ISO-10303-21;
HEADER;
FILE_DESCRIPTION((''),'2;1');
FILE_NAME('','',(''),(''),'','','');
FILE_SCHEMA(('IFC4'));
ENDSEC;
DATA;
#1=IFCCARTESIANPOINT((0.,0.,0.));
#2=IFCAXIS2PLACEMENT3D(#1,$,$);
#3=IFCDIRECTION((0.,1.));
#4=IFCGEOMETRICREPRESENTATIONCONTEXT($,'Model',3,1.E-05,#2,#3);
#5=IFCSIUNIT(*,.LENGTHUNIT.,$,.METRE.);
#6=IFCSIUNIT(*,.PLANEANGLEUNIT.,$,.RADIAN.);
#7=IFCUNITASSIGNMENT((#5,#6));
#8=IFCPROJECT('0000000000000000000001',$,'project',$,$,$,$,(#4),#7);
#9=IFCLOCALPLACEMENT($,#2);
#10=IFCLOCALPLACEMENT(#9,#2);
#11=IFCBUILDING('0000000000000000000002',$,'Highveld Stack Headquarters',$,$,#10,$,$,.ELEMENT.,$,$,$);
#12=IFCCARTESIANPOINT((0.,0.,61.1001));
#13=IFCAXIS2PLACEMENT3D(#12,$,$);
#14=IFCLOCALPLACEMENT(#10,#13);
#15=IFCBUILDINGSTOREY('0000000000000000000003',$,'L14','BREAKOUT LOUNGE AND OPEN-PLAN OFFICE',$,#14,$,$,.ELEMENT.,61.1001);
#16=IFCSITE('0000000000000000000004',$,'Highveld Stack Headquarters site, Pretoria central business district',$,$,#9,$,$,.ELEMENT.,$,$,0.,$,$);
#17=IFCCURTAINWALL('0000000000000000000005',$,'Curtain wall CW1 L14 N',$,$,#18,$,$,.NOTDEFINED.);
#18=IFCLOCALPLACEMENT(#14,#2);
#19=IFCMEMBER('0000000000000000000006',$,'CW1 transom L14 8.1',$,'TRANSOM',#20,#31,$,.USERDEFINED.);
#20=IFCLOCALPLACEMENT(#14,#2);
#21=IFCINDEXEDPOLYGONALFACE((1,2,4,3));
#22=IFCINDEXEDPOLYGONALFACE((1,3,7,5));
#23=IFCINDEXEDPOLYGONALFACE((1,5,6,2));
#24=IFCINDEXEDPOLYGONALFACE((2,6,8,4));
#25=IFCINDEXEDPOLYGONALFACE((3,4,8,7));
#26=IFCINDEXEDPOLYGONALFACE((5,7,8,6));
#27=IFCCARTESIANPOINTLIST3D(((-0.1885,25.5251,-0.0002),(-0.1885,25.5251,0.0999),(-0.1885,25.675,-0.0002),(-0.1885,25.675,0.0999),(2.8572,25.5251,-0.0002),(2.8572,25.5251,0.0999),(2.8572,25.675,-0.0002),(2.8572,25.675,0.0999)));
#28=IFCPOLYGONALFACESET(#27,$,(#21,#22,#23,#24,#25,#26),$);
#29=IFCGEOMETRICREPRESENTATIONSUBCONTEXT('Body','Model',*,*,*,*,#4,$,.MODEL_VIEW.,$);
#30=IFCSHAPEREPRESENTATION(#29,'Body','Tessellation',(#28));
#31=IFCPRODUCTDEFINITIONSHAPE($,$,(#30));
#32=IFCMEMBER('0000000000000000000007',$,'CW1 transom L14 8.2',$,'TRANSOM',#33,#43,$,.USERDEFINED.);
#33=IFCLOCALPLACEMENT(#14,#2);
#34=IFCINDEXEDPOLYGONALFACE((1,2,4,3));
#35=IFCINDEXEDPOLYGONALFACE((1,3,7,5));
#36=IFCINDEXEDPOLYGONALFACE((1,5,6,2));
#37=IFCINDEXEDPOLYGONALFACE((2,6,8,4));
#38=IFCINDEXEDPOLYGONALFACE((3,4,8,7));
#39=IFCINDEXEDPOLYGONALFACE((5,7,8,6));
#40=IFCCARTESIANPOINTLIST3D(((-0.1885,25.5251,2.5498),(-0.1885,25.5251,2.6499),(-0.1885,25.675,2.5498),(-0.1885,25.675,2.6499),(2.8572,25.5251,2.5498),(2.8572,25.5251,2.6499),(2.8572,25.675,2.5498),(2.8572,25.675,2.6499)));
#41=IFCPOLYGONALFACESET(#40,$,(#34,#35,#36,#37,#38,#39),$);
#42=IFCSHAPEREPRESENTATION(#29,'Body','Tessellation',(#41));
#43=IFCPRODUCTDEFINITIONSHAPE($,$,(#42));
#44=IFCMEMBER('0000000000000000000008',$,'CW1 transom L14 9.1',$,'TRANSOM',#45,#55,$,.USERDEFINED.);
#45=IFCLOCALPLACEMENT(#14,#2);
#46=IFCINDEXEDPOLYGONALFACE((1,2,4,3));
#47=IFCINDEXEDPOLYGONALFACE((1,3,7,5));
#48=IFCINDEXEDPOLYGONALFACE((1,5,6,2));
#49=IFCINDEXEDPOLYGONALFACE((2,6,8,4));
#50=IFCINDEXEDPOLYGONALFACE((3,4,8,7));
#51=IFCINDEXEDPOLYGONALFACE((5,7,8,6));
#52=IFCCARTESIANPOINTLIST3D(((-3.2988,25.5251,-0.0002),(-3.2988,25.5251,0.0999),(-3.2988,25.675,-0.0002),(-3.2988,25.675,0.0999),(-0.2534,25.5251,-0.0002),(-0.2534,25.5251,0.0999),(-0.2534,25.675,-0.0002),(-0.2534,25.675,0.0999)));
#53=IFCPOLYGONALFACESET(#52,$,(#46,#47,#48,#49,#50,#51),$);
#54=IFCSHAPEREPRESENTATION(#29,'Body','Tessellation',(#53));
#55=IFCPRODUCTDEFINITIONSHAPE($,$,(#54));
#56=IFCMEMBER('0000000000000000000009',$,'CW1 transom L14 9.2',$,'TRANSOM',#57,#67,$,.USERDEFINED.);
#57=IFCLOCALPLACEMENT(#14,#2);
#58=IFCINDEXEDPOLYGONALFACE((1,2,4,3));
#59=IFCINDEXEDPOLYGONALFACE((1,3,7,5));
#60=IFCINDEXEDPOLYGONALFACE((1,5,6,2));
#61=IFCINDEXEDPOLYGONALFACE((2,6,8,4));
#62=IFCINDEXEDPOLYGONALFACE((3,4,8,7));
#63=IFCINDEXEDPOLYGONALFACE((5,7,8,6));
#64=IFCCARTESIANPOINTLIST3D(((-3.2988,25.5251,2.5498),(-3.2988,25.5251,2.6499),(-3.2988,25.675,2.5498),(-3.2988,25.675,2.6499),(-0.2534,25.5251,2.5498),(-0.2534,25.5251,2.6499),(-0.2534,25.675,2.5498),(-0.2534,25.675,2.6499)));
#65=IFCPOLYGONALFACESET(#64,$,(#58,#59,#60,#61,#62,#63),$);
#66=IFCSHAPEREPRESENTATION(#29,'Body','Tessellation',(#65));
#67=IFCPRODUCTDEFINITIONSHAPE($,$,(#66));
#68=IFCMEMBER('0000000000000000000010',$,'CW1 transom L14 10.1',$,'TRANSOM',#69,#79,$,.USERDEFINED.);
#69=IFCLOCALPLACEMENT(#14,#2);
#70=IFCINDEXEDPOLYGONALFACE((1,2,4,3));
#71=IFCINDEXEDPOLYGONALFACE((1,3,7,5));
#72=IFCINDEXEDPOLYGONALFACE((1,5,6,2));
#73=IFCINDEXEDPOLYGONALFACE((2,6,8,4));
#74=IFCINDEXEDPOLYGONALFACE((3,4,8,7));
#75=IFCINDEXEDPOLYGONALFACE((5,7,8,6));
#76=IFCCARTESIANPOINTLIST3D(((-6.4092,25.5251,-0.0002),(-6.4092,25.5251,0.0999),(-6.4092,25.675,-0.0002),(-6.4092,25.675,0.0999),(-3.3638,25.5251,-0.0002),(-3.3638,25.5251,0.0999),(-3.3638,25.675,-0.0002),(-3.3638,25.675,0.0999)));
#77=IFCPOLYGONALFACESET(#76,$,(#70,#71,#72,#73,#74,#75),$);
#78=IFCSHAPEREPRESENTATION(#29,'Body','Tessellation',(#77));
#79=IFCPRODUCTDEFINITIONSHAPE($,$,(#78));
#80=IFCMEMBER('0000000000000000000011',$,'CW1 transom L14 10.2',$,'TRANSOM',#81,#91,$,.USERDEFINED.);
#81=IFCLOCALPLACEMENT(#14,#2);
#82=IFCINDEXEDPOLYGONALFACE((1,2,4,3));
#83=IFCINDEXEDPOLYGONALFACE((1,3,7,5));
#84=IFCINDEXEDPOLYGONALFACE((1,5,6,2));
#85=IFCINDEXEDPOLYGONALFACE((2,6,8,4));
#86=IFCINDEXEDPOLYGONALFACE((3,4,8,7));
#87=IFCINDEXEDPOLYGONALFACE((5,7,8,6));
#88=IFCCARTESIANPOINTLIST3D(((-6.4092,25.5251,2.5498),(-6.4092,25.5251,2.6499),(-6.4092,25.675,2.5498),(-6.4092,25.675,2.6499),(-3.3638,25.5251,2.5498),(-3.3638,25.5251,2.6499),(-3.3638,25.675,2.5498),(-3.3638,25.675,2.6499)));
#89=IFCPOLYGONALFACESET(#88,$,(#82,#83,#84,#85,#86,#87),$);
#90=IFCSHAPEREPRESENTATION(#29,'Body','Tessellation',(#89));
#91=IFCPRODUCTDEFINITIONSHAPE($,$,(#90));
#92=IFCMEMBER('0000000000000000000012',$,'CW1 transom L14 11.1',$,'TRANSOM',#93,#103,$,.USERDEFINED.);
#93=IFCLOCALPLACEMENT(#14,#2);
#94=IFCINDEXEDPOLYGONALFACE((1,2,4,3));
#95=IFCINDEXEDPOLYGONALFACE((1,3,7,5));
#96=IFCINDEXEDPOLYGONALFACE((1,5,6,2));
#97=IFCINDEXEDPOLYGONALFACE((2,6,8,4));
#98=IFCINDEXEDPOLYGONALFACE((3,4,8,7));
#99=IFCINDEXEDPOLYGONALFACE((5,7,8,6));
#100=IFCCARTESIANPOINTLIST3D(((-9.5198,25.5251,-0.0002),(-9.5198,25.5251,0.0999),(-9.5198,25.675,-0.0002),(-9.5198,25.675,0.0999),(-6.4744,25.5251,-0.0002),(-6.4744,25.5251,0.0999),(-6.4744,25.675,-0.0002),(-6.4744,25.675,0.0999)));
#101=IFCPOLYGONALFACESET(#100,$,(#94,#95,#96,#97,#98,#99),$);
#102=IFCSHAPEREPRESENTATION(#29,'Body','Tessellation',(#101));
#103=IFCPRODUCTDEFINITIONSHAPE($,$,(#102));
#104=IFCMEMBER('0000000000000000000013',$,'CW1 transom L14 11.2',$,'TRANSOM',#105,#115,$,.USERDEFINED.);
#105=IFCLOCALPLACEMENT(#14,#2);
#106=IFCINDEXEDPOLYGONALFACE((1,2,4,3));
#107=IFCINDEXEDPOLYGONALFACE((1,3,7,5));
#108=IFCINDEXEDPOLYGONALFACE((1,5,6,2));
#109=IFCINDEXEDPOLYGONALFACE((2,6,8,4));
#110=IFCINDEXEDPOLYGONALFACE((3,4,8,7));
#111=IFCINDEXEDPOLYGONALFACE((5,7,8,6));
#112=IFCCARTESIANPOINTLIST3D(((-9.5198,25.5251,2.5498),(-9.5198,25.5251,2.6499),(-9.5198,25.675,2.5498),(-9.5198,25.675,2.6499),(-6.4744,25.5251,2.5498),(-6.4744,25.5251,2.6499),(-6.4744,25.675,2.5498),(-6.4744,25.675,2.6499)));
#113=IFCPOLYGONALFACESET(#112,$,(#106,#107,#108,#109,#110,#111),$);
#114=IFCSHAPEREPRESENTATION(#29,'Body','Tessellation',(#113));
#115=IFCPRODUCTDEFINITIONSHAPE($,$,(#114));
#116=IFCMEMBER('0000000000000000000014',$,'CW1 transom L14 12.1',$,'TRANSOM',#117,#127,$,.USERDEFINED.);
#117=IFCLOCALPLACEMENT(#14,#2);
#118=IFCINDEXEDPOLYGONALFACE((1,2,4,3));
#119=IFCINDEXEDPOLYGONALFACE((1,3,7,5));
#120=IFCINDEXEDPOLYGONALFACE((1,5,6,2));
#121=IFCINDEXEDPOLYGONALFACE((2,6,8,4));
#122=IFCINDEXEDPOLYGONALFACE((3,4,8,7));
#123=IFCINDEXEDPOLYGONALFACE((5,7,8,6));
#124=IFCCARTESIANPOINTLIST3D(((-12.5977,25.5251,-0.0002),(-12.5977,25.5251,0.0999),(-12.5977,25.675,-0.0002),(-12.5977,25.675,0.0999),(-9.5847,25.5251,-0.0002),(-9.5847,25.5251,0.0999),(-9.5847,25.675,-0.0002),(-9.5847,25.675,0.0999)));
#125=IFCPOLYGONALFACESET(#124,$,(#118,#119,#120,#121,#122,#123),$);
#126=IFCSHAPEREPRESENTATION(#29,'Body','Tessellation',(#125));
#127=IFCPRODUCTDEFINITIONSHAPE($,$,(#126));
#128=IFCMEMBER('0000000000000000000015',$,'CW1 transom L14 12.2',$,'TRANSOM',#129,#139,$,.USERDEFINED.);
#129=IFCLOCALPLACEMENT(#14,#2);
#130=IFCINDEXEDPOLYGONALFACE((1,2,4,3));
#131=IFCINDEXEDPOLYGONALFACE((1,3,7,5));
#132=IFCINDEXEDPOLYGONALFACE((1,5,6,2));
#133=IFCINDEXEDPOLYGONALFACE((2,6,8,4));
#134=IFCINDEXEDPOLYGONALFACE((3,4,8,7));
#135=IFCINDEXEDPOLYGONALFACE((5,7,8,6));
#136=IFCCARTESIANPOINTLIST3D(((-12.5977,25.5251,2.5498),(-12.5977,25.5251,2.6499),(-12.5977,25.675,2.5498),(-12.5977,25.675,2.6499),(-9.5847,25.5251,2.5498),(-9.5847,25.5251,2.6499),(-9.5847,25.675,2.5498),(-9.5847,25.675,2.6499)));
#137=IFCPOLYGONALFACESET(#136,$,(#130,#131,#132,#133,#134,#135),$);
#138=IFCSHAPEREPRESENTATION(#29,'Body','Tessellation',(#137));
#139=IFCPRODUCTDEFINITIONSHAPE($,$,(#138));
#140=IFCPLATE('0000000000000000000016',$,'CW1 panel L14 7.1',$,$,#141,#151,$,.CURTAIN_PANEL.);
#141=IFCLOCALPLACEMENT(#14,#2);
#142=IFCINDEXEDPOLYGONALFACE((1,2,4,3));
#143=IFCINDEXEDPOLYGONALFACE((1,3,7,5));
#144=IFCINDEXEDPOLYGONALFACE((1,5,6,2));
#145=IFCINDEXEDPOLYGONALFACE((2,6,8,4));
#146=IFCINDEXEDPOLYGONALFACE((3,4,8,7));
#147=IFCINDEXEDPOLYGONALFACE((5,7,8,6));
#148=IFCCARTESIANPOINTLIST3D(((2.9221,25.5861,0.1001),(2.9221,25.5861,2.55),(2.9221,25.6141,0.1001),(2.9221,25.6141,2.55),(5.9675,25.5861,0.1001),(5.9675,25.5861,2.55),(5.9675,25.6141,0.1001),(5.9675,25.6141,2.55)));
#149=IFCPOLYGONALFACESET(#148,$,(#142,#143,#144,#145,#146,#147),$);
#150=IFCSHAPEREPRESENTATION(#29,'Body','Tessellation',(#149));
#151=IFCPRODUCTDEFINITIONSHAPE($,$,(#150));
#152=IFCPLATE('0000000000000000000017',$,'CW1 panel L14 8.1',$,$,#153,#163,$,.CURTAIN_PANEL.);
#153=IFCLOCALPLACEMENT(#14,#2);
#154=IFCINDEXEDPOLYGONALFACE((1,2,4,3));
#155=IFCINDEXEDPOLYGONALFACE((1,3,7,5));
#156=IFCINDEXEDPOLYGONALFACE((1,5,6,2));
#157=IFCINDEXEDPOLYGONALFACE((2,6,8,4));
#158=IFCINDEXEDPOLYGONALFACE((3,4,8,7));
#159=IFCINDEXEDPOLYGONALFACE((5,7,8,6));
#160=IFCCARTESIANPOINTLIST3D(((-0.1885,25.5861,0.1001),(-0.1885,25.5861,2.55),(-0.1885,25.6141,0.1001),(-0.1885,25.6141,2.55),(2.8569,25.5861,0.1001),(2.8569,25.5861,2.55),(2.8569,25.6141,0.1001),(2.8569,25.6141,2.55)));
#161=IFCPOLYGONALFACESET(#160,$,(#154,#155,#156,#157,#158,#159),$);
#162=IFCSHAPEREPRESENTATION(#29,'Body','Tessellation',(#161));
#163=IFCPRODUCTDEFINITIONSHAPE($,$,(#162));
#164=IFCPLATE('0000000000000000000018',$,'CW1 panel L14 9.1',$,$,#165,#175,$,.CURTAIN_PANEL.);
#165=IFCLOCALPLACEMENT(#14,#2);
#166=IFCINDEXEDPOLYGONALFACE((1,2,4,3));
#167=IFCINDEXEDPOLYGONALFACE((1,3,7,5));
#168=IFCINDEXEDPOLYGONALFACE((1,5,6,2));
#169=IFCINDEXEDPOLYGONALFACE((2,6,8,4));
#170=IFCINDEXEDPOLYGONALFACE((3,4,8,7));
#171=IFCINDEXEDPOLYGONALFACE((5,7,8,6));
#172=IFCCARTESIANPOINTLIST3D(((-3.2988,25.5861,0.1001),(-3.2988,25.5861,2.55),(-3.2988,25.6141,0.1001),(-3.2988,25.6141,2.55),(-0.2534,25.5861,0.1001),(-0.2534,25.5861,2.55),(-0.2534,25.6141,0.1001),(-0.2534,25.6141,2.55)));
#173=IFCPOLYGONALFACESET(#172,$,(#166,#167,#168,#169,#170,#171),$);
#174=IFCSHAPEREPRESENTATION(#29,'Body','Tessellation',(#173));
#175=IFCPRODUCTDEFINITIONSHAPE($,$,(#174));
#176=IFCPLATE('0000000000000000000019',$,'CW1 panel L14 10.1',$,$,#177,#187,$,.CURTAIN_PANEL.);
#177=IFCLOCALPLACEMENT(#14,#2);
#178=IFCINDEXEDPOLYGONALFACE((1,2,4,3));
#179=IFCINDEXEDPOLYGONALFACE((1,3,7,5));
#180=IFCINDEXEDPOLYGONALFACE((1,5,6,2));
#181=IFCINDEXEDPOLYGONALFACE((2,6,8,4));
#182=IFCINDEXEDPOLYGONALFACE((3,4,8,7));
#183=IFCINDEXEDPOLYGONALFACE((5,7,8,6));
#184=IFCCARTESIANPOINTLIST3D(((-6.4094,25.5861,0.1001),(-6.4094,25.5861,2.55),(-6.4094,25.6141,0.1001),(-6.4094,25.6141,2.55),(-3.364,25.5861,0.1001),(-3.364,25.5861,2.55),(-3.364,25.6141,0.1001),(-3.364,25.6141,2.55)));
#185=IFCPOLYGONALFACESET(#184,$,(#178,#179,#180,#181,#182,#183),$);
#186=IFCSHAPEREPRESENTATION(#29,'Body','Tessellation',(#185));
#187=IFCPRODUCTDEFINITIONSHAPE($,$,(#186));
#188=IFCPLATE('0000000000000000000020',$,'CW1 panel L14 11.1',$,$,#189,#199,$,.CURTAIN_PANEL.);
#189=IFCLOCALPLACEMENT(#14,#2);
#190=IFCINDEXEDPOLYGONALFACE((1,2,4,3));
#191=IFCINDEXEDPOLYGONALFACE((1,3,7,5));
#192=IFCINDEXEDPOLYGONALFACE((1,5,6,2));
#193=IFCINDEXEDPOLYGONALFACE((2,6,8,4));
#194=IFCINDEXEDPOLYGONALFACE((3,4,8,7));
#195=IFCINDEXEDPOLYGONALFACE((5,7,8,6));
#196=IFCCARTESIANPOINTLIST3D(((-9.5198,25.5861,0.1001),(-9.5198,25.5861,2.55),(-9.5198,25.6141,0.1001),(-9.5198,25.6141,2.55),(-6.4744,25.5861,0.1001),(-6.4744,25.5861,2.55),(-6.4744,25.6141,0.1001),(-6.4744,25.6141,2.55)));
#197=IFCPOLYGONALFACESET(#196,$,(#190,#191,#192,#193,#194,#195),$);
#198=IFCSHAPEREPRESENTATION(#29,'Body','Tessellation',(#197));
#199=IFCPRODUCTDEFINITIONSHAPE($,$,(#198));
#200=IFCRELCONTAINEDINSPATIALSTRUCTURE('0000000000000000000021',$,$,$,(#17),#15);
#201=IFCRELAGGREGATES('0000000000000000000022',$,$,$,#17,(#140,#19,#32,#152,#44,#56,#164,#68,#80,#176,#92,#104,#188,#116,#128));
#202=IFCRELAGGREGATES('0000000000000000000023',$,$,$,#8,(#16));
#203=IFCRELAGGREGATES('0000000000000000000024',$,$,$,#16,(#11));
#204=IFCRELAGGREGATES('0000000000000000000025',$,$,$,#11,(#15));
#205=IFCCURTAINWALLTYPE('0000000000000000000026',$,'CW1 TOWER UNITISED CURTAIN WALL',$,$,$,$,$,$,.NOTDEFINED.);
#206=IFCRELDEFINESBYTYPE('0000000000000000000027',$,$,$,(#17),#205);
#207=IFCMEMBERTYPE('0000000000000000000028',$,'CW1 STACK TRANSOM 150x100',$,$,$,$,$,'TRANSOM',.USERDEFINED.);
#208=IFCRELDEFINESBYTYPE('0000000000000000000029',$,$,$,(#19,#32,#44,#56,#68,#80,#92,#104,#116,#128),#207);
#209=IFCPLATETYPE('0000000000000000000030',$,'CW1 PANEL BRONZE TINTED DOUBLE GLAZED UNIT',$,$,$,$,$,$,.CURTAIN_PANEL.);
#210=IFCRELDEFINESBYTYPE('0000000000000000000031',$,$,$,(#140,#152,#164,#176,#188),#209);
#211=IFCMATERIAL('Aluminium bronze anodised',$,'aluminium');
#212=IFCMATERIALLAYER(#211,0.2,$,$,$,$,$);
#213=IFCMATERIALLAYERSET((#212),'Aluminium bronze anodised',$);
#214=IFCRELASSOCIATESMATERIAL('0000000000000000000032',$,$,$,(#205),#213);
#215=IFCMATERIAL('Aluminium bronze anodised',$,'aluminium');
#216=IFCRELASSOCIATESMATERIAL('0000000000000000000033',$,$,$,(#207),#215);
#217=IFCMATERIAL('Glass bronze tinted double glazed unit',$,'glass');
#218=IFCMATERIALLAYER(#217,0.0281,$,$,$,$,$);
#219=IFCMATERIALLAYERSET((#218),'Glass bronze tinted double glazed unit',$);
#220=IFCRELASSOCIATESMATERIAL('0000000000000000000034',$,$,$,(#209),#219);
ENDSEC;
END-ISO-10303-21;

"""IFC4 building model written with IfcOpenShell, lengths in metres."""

from ifc_helpers import new_model, si_unit, direction, frame, origin, origin_2d, place, context, subcontext, project, spatial, rectangle, extrude, material, layer, layer_set, material_profile, profile_set, type_object, element, aggregate, save


model = new_model("IFC4")

# Units and contexts
model_context = context("Model", 3, precision=1e-05, world=origin(), true_north=direction((0.0, 1.0)))
body_context = subcontext(model_context, "Body", "Model", "MODEL_VIEW")
ifc_project = project(units=[si_unit("LENGTHUNIT", "METRE"), si_unit("PLANEANGLEUNIT", "RADIAN")], contexts=[model_context])

# Site, building, storey
site_placement = place(None, origin())
site = spatial("IfcSite", under=ifc_project, at=site_placement, Name="Highveld Stack Headquarters site, Pretoria central business district", CompositionType="ELEMENT", RefElevation=0.0)
building_placement = place(site_placement, origin())
building = spatial("IfcBuilding", under=site, at=building_placement, Name="Highveld Stack Headquarters", CompositionType="ELEMENT")
storey_placement = place(building_placement, frame((0.0, 0.0, 61.1001)))
storey = spatial("IfcBuildingStorey", under=building, at=storey_placement, Name="L14", Description="BREAKOUT LOUNGE AND OPEN-PLAN OFFICE", CompositionType="ELEMENT", Elevation=61.1001)

# Curtain wall, members, plates
ifc_material_1 = material(Name="Aluminium bronze anodised", Category="aluminium")
ifc_layer_1 = layer(ifc_material_1, 0.2)
ifc_layer_set_1 = layer_set([ifc_layer_1], Name="Aluminium bronze anodised")
curtain_wall_type = type_object("IfcCurtainWallType", Name="CW1 TOWER UNITISED CURTAIN WALL", PredefinedType="NOTDEFINED", material=ifc_layer_set_1)
curtain_wall_placement = place(storey_placement, origin())
curtain_wall = element("IfcCurtainWall", 1, at=curtain_wall_placement, inside=storey, type_object=curtain_wall_type, Name="Curtain wall CW1 L14 N", PredefinedType="NOTDEFINED")
ifc_material_2 = material(Name="Aluminium bronze anodised", Category="aluminium")
ifc_material_profile_1 = material_profile(ifc_material_2, rectangle(XDim=0.1499, YDim=0.1001, at=origin_2d()), Name="CW1 TRANSOM 150x100")
ifc_profile_set_1 = profile_set([ifc_material_profile_1], Name="Aluminium bronze anodised")
member_type_1 = type_object("IfcMemberType", Name="CW1 STACK TRANSOM 150x100", ElementType="TRANSOM", PredefinedType="USERDEFINED", material=ifc_profile_set_1)
member_1_placement = place(storey_placement, frame((2.8572, 25.6001, 0.0498), z_axis=(-1.0, 0.0, 0.0), x_axis=(0.0, -1.0, 0.0)))
member_1 = element("IfcMember", 2, at=member_1_placement, type_object=member_type_1, Name="CW1 transom L14 8.1", ObjectType="TRANSOM", PredefinedType="USERDEFINED", context=body_context, shape_type="SweptSolid", body=[
    extrude(rectangle(XDim=0.1499, YDim=0.1001, at=origin_2d()), origin(), (0.0, 0.0, 1.0), 3.0457),
])
member_2_placement = place(storey_placement, frame((2.8572, 25.6001, 2.5999), z_axis=(-1.0, 0.0, 0.0), x_axis=(0.0, -1.0, 0.0)))
member_2 = element("IfcMember", 3, at=member_2_placement, type_object=member_type_1, Name="CW1 transom L14 8.2", ObjectType="TRANSOM", PredefinedType="USERDEFINED", context=body_context, shape_type="SweptSolid", body=[
    extrude(rectangle(XDim=0.1499, YDim=0.1001, at=origin_2d()), origin(), (0.0, 0.0, 1.0), 3.0457),
])
member_3_placement = place(storey_placement, frame((-0.2534, 25.6001, 0.0498), z_axis=(-1.0, 0.0, 0.0), x_axis=(0.0, -1.0, 0.0)))
member_3 = element("IfcMember", 4, at=member_3_placement, type_object=member_type_1, Name="CW1 transom L14 9.1", ObjectType="TRANSOM", PredefinedType="USERDEFINED", context=body_context, shape_type="SweptSolid", body=[
    extrude(rectangle(XDim=0.1499, YDim=0.1001, at=origin_2d()), origin(), (0.0, 0.0, 1.0), 3.0454),
])
member_4_placement = place(storey_placement, frame((-0.2534, 25.6001, 2.5999), z_axis=(-1.0, 0.0, 0.0), x_axis=(0.0, -1.0, 0.0)))
member_4 = element("IfcMember", 5, at=member_4_placement, type_object=member_type_1, Name="CW1 transom L14 9.2", ObjectType="TRANSOM", PredefinedType="USERDEFINED", context=body_context, shape_type="SweptSolid", body=[
    extrude(rectangle(XDim=0.1499, YDim=0.1001, at=origin_2d()), origin(), (0.0, 0.0, 1.0), 3.0454),
])
member_5_placement = place(storey_placement, frame((-3.3638, 25.6001, 0.0498), z_axis=(-1.0, 0.0, 0.0), x_axis=(0.0, -1.0, 0.0)))
member_5 = element("IfcMember", 6, at=member_5_placement, type_object=member_type_1, Name="CW1 transom L14 10.1", ObjectType="TRANSOM", PredefinedType="USERDEFINED", context=body_context, shape_type="SweptSolid", body=[
    extrude(rectangle(XDim=0.1499, YDim=0.1001, at=origin_2d()), origin(), (0.0, 0.0, 1.0), 3.0454),
])
member_6_placement = place(storey_placement, frame((-3.3638, 25.6001, 2.5999), z_axis=(-1.0, 0.0, 0.0), x_axis=(0.0, -1.0, 0.0)))
member_6 = element("IfcMember", 7, at=member_6_placement, type_object=member_type_1, Name="CW1 transom L14 10.2", ObjectType="TRANSOM", PredefinedType="USERDEFINED", context=body_context, shape_type="SweptSolid", body=[
    extrude(rectangle(XDim=0.1499, YDim=0.1001, at=origin_2d()), origin(), (0.0, 0.0, 1.0), 3.0454),
])
member_7_placement = place(storey_placement, frame((-6.4744, 25.6001, 0.0498), z_axis=(-1.0, 0.0, 0.0), x_axis=(0.0, -1.0, 0.0)))
member_7 = element("IfcMember", 8, at=member_7_placement, type_object=member_type_1, Name="CW1 transom L14 11.1", ObjectType="TRANSOM", PredefinedType="USERDEFINED", context=body_context, shape_type="SweptSolid", body=[
    extrude(rectangle(XDim=0.1499, YDim=0.1001, at=origin_2d()), origin(), (0.0, 0.0, 1.0), 3.0454),
])
member_8_placement = place(storey_placement, frame((-6.4744, 25.6001, 2.5999), z_axis=(-1.0, 0.0, 0.0), x_axis=(0.0, -1.0, 0.0)))
member_8 = element("IfcMember", 9, at=member_8_placement, type_object=member_type_1, Name="CW1 transom L14 11.2", ObjectType="TRANSOM", PredefinedType="USERDEFINED", context=body_context, shape_type="SweptSolid", body=[
    extrude(rectangle(XDim=0.1499, YDim=0.1001, at=origin_2d()), origin(), (0.0, 0.0, 1.0), 3.0454),
])
member_9_placement = place(storey_placement, frame((-9.5847, 25.6001, 0.0498), z_axis=(-1.0, 0.0, 0.0), x_axis=(0.0, -1.0, 0.0)))
member_9 = element("IfcMember", 10, at=member_9_placement, type_object=member_type_1, Name="CW1 transom L14 12.1", ObjectType="TRANSOM", PredefinedType="USERDEFINED", context=body_context, shape_type="SweptSolid", body=[
    extrude(rectangle(XDim=0.1499, YDim=0.1001, at=origin_2d()), origin(), (0.0, 0.0, 1.0), 3.0129),
])
member_10_placement = place(storey_placement, frame((-9.5847, 25.6001, 2.5999), z_axis=(-1.0, 0.0, 0.0), x_axis=(0.0, -1.0, 0.0)))
member_10 = element("IfcMember", 11, at=member_10_placement, type_object=member_type_1, Name="CW1 transom L14 12.2", ObjectType="TRANSOM", PredefinedType="USERDEFINED", context=body_context, shape_type="SweptSolid", body=[
    extrude(rectangle(XDim=0.1499, YDim=0.1001, at=origin_2d()), origin(), (0.0, 0.0, 1.0), 3.0129),
])
ifc_material_3 = material(Name="Glass bronze tinted double glazed unit", Category="glass")
ifc_layer_2 = layer(ifc_material_3, 0.0281)
ifc_layer_set_2 = layer_set([ifc_layer_2], Name="Glass bronze tinted double glazed unit")
plate_type = type_object("IfcPlateType", Name="CW1 PANEL BRONZE TINTED DOUBLE GLAZED UNIT", PredefinedType="CURTAIN_PANEL", material=ifc_layer_set_2)
plate_1_placement = place(storey_placement, frame((4.4448, 25.6001, 0.1001), z_axis=(0.0, 0.0, 1.0), x_axis=(-1.0, 0.0, 0.0)))
plate_1 = element("IfcPlate", 12, at=plate_1_placement, type_object=plate_type, Name="CW1 panel L14 7.1", PredefinedType="CURTAIN_PANEL", context=body_context, shape_type="SweptSolid", body=[
    extrude(rectangle(XDim=3.0454, YDim=0.0281, at=origin_2d()), origin(), (0.0, 0.0, 1.0), 2.45),
])
plate_2_placement = place(storey_placement, frame((1.3342, 25.6001, 0.1001), z_axis=(0.0, 0.0, 1.0), x_axis=(-1.0, 0.0, 0.0)))
plate_2 = element("IfcPlate", 13, at=plate_2_placement, type_object=plate_type, Name="CW1 panel L14 8.1", PredefinedType="CURTAIN_PANEL", context=body_context, shape_type="SweptSolid", body=[
    extrude(rectangle(XDim=3.0454, YDim=0.0281, at=origin_2d()), origin(), (0.0, 0.0, 1.0), 2.45),
])
plate_3_placement = place(storey_placement, frame((-1.7761, 25.6001, 0.1001), z_axis=(0.0, 0.0, 1.0), x_axis=(-1.0, 0.0, 0.0)))
plate_3 = element("IfcPlate", 14, at=plate_3_placement, type_object=plate_type, Name="CW1 panel L14 9.1", PredefinedType="CURTAIN_PANEL", context=body_context, shape_type="SweptSolid", body=[
    extrude(rectangle(XDim=3.0454, YDim=0.0281, at=origin_2d()), origin(), (0.0, 0.0, 1.0), 2.45),
])
plate_4_placement = place(storey_placement, frame((-4.8867, 25.6001, 0.1001), z_axis=(0.0, 0.0, 1.0), x_axis=(-1.0, 0.0, 0.0)))
plate_4 = element("IfcPlate", 15, at=plate_4_placement, type_object=plate_type, Name="CW1 panel L14 10.1", PredefinedType="CURTAIN_PANEL", context=body_context, shape_type="SweptSolid", body=[
    extrude(rectangle(XDim=3.0454, YDim=0.0281, at=origin_2d()), origin(), (0.0, 0.0, 1.0), 2.45),
])
plate_5_placement = place(storey_placement, frame((-7.9971, 25.6001, 0.1001), z_axis=(0.0, 0.0, 1.0), x_axis=(-1.0, 0.0, 0.0)))
plate_5 = element("IfcPlate", 16, at=plate_5_placement, type_object=plate_type, Name="CW1 panel L14 11.1", PredefinedType="CURTAIN_PANEL", context=body_context, shape_type="SweptSolid", body=[
    extrude(rectangle(XDim=3.0454, YDim=0.0281, at=origin_2d()), origin(), (0.0, 0.0, 1.0), 2.45),
])
aggregate(curtain_wall, [plate_1, member_1, member_2, plate_2, member_3, member_4, plate_3, member_5, member_6, plate_4, member_7, member_8, plate_5, member_9, member_10])

save(model, "model.ifc")
